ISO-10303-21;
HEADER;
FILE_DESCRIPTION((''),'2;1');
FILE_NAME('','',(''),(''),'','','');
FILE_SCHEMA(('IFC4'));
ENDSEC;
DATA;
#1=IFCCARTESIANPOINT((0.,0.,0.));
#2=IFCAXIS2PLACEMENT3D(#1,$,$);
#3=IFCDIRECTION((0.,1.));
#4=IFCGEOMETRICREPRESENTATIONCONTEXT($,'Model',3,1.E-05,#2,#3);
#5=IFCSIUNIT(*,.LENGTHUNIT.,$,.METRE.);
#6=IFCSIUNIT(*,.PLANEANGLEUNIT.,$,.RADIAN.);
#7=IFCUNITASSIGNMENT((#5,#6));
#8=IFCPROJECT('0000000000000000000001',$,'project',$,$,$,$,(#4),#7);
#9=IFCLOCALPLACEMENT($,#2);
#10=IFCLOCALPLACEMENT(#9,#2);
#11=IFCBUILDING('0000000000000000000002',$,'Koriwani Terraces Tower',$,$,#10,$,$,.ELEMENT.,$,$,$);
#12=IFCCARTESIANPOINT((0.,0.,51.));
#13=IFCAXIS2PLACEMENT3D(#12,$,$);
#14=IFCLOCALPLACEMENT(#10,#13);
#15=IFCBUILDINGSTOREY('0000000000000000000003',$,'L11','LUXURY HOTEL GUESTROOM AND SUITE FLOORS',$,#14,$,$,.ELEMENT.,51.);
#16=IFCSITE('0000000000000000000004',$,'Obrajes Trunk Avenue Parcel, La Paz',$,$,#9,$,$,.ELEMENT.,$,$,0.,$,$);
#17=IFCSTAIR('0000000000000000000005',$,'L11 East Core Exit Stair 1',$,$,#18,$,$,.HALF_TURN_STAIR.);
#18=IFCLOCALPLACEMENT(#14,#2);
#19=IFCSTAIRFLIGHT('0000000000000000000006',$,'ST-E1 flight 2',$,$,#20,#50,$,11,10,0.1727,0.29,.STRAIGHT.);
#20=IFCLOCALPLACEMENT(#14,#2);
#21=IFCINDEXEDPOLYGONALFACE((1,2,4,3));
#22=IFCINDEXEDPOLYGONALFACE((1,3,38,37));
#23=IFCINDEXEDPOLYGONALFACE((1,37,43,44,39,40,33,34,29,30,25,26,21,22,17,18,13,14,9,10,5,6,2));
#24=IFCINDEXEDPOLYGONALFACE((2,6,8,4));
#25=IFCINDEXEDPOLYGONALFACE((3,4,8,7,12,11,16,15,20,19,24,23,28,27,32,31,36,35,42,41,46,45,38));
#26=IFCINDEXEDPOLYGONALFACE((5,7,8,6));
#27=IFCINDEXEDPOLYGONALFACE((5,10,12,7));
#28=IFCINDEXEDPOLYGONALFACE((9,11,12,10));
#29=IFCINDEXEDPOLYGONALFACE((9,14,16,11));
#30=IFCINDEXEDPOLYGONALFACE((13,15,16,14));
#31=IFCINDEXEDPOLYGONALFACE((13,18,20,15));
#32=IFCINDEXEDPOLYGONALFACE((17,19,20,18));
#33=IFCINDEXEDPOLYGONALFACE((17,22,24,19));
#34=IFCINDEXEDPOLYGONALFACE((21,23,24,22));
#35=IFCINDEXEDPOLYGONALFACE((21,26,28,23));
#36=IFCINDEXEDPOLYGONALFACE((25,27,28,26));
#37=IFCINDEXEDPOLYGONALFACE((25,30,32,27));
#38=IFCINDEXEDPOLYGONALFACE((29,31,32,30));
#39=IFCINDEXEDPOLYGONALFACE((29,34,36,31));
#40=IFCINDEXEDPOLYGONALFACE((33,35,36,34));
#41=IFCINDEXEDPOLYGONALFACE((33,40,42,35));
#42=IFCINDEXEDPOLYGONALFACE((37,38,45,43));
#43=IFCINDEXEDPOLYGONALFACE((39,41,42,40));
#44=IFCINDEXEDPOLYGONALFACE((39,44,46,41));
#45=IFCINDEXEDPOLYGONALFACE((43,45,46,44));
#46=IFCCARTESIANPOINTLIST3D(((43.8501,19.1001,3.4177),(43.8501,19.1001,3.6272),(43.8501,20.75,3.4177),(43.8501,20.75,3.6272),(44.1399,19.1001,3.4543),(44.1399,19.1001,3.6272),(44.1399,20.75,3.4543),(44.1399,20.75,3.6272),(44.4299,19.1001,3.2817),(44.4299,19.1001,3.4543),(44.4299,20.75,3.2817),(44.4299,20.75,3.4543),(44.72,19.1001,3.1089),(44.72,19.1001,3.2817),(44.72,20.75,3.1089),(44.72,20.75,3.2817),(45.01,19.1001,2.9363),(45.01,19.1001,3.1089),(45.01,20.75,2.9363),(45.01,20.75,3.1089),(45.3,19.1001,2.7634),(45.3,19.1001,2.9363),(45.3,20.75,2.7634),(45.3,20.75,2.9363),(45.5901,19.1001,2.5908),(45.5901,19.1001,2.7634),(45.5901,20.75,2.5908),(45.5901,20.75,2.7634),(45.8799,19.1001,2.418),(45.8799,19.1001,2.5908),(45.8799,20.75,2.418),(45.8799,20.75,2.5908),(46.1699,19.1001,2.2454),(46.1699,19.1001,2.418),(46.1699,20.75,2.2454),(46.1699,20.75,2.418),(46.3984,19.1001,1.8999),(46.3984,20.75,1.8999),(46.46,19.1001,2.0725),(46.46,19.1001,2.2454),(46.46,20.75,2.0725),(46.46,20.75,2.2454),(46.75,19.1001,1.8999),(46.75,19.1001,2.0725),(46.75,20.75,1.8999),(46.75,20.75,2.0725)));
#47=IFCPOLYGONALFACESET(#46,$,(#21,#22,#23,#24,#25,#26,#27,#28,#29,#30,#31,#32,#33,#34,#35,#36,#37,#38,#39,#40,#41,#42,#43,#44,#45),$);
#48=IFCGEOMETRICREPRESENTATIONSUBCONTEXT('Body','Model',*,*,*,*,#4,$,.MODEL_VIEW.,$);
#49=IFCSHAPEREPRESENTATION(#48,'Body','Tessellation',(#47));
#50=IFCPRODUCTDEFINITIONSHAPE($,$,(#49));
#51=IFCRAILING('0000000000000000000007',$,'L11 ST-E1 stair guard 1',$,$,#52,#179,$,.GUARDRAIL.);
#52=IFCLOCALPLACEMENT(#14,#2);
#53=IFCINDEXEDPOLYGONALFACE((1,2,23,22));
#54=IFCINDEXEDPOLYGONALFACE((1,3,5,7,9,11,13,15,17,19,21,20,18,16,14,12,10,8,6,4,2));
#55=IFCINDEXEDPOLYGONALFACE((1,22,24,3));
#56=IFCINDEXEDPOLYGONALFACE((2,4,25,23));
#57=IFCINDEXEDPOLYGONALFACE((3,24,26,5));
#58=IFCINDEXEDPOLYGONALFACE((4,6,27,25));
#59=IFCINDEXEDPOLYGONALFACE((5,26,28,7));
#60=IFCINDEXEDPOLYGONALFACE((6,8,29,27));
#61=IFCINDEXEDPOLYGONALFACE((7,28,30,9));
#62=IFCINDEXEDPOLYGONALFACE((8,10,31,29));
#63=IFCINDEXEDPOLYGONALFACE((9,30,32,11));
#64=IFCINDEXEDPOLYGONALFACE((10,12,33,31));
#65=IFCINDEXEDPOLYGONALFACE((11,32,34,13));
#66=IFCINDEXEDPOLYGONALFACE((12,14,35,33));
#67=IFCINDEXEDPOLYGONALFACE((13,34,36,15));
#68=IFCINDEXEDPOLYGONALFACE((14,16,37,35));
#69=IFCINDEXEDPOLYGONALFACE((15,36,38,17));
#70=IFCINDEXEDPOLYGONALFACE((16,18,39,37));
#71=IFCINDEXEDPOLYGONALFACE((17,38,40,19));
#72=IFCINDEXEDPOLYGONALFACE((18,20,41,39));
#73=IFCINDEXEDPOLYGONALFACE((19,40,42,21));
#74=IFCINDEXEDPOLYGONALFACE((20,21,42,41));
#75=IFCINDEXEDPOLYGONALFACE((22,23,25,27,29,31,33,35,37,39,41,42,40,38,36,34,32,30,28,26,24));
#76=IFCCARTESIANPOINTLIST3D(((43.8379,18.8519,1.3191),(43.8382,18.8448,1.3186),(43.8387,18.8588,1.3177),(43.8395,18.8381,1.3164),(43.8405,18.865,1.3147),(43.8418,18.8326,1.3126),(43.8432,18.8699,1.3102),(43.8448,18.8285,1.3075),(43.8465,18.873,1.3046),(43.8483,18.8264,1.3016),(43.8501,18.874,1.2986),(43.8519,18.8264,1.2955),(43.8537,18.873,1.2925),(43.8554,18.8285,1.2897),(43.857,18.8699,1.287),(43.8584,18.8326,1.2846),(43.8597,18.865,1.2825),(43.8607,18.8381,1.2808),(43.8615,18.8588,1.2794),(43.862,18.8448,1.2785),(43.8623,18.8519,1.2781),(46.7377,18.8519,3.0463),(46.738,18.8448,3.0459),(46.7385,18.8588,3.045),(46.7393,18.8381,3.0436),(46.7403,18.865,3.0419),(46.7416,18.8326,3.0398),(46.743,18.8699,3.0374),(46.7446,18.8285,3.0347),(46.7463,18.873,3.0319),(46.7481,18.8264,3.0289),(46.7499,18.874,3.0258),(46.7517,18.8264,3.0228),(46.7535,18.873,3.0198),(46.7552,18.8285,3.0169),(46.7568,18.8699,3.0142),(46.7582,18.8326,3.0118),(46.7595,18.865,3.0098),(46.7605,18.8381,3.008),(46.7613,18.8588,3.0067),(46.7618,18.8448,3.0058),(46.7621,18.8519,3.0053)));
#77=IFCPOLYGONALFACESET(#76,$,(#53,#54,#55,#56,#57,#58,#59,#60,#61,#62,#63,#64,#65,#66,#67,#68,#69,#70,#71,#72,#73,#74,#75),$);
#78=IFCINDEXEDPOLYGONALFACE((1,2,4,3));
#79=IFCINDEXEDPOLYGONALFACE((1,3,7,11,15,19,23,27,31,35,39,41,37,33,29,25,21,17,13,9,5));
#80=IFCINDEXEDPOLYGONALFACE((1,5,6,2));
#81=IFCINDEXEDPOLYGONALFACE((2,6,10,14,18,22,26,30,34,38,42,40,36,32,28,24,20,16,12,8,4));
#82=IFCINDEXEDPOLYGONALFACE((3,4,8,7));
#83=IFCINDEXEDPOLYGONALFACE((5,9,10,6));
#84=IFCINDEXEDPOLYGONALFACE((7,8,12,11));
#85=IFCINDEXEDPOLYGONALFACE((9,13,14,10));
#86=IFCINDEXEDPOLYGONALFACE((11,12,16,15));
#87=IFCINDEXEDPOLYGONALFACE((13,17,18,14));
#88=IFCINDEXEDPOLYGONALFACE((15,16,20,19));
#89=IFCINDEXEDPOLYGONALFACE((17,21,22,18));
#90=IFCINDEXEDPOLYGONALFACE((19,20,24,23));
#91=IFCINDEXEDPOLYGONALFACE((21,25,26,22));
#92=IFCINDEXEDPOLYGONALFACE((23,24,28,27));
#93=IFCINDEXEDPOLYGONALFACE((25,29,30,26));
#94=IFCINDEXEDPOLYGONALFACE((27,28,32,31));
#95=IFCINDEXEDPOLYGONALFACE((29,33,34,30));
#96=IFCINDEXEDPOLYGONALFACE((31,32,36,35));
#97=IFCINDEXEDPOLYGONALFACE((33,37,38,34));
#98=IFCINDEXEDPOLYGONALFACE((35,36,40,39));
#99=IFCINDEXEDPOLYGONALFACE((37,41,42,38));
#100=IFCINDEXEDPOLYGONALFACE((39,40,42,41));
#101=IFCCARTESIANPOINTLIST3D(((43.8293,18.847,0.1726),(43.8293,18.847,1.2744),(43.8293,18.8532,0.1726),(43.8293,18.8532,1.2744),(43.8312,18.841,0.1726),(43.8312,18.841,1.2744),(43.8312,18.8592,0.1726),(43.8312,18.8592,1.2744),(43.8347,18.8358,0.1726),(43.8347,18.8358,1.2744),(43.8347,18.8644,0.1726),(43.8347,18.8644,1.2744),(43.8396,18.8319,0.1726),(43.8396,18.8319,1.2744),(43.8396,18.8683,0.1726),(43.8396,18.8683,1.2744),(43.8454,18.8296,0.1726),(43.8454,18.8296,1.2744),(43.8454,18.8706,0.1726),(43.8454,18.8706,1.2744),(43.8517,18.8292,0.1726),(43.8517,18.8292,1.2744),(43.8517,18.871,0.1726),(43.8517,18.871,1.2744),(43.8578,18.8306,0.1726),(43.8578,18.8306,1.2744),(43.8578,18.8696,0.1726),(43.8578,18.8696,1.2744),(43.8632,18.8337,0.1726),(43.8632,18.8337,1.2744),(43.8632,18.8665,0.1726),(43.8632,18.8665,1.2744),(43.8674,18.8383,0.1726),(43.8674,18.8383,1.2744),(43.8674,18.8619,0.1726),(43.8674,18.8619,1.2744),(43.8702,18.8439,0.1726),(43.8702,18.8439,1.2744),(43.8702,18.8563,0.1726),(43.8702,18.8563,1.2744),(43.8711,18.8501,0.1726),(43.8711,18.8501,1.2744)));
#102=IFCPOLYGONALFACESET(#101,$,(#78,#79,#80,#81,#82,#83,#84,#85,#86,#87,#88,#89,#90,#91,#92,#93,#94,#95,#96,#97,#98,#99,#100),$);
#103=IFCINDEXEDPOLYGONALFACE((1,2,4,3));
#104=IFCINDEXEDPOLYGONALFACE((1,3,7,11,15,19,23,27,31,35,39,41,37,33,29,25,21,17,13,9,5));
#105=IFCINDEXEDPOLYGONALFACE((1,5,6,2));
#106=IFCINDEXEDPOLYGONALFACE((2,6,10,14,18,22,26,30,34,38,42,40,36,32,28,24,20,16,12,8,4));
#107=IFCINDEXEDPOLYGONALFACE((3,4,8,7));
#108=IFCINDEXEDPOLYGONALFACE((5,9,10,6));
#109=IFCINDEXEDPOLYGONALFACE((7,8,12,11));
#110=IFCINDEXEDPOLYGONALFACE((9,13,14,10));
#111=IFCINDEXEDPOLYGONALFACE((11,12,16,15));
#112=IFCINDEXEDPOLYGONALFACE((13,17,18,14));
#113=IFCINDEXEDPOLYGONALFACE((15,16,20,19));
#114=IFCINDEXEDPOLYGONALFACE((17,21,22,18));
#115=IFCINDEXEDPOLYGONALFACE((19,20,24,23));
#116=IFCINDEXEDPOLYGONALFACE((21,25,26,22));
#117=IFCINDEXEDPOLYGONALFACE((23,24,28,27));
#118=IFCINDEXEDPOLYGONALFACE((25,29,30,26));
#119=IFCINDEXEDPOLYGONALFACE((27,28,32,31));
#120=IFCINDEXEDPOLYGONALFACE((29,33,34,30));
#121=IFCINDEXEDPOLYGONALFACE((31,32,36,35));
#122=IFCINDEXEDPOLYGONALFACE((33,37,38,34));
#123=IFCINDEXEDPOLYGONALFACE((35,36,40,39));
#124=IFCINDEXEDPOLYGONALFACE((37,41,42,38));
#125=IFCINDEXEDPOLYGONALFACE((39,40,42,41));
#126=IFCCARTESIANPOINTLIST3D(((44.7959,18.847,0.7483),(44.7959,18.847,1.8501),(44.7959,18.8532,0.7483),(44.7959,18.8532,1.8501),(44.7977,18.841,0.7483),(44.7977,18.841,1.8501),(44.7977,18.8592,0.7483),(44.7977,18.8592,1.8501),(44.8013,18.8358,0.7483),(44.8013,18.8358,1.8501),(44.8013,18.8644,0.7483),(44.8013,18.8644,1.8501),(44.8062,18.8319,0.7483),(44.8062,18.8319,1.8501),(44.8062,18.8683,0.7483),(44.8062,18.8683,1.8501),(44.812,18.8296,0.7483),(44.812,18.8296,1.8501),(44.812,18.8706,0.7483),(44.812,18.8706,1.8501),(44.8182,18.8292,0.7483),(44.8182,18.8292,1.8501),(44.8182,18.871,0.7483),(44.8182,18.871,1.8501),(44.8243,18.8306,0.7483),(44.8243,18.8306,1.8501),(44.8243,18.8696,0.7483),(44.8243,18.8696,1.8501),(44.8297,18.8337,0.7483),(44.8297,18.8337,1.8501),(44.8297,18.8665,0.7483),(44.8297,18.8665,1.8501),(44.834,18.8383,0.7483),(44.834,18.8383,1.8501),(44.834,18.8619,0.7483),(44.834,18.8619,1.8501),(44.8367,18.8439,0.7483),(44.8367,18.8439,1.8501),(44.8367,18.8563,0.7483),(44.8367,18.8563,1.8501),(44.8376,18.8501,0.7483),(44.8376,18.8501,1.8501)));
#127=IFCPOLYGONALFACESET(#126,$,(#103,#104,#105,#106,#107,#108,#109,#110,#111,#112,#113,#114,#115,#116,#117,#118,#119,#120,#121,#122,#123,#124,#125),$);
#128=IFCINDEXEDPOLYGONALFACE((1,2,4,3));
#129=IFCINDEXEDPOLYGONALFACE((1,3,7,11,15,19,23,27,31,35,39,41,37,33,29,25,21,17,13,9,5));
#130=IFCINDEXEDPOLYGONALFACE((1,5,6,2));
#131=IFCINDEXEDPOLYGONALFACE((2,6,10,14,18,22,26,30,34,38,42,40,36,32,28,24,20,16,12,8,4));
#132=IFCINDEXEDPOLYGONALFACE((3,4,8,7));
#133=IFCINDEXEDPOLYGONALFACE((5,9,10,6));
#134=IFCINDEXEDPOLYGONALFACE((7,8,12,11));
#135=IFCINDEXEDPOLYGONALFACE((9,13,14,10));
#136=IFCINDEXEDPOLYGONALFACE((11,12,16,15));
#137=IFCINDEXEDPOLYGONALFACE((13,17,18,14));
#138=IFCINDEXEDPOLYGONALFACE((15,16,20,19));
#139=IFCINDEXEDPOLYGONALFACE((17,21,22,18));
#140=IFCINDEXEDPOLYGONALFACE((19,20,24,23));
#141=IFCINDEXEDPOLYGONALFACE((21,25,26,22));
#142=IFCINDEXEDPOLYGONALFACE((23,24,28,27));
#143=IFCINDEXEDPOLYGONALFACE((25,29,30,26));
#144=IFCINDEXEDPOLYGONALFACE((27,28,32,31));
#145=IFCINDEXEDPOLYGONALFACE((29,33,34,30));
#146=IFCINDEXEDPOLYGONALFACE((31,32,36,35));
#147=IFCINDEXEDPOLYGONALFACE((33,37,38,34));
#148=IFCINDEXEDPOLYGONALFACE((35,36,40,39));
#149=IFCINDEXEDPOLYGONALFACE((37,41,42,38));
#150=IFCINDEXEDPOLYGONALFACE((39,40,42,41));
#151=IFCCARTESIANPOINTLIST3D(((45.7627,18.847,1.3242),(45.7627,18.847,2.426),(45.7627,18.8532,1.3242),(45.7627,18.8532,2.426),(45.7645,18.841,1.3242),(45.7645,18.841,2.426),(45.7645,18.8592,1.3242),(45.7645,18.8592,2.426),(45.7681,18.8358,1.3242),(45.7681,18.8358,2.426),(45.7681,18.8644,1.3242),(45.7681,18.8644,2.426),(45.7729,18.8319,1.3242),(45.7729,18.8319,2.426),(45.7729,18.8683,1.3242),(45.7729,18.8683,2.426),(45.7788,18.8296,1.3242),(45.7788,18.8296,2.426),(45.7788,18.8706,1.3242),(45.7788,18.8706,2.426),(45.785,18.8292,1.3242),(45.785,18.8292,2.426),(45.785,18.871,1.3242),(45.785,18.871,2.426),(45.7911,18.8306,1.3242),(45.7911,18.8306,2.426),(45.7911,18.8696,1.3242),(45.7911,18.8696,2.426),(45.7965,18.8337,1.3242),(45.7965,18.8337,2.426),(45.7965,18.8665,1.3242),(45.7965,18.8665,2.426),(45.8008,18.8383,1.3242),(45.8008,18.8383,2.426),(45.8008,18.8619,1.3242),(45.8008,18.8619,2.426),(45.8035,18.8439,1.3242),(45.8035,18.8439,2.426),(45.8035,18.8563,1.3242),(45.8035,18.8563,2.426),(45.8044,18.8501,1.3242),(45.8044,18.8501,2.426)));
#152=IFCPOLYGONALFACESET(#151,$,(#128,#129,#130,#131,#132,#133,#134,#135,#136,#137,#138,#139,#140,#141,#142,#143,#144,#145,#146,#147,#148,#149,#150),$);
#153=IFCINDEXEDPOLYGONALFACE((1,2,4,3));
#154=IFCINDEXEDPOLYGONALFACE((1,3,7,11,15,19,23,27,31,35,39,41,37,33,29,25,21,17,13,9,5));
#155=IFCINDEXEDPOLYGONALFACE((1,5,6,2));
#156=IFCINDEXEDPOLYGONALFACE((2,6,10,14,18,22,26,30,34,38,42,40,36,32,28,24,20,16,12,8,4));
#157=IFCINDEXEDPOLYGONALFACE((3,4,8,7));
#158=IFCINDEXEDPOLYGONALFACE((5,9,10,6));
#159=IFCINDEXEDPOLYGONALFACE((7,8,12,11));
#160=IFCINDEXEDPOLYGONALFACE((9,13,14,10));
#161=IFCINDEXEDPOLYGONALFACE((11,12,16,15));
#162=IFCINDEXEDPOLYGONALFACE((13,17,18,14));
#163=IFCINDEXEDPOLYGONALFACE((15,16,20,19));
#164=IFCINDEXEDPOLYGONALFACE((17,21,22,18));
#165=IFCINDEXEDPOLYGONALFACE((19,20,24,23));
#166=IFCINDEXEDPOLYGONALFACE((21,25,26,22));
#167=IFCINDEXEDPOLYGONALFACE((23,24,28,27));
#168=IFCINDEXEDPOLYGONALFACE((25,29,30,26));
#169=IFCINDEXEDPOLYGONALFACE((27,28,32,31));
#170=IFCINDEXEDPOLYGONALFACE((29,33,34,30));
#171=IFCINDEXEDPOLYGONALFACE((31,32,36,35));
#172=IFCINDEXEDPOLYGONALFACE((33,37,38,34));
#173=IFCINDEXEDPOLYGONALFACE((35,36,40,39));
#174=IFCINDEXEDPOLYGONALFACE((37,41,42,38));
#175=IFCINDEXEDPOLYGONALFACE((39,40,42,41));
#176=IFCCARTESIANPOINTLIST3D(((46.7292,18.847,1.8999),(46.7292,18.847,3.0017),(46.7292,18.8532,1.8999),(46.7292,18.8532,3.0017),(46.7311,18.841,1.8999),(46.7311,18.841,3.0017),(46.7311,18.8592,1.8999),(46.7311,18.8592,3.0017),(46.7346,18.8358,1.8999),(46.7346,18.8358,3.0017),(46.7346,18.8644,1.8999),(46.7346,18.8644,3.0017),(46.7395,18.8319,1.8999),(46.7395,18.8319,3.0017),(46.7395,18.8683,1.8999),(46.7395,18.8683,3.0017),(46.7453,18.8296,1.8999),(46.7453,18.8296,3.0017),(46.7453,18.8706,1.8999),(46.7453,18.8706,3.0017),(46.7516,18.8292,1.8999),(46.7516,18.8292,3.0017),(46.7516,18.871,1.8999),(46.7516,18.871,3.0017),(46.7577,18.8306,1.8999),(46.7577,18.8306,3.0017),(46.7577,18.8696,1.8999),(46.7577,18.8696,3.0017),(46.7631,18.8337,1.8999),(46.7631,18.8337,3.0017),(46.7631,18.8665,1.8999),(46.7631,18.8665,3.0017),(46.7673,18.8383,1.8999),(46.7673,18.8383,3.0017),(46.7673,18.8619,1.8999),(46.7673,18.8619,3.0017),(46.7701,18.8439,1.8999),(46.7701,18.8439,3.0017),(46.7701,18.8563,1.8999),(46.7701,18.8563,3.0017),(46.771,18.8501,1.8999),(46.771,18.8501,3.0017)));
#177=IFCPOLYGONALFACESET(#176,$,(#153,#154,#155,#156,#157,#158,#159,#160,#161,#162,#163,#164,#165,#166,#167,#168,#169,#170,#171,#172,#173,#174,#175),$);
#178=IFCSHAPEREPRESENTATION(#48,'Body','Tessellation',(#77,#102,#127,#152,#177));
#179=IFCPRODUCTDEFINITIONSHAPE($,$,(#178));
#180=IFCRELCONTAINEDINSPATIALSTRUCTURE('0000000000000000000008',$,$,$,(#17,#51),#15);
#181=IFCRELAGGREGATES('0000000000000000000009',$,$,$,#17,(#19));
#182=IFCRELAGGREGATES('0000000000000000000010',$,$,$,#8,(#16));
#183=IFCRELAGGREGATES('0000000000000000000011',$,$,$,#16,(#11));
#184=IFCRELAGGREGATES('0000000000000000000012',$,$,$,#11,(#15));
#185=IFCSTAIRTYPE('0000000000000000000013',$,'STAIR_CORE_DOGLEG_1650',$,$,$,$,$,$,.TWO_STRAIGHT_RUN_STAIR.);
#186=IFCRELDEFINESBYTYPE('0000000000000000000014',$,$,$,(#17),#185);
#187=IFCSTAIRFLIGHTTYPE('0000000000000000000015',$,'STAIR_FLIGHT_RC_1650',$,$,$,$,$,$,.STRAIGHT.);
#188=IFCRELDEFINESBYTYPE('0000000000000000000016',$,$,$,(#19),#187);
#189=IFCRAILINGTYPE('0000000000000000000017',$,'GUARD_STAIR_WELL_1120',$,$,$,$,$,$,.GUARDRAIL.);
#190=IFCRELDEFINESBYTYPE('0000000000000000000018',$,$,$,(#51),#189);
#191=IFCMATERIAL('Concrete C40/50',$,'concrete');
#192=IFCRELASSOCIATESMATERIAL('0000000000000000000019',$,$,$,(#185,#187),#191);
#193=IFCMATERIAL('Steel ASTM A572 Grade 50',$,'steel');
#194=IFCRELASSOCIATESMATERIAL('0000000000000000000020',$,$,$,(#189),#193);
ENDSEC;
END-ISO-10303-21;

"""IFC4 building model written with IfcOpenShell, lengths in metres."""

from ifc_helpers import new_model, si_unit, direction, frame, origin, origin_2d, place, context, subcontext, project, spatial, polyline, circle, outline, extrude, material, type_object, element, aggregate, save


model = new_model("IFC4")

# Units and contexts
model_context = context("Model", 3, precision=1e-05, world=origin(), true_north=direction((0.0, 1.0)))
body_context = subcontext(model_context, "Body", "Model", "MODEL_VIEW")
ifc_project = project(units=[si_unit("LENGTHUNIT", "METRE"), si_unit("PLANEANGLEUNIT", "RADIAN")], contexts=[model_context])

# Site, building, storey
site_placement = place(None, origin())
site = spatial("IfcSite", under=ifc_project, at=site_placement, Name="Obrajes Trunk Avenue Parcel, La Paz", CompositionType="ELEMENT", RefElevation=0.0)
building_placement = place(site_placement, origin())
building = spatial("IfcBuilding", under=site, at=building_placement, Name="Koriwani Terraces Tower", CompositionType="ELEMENT")
storey_placement = place(building_placement, frame((0.0, 0.0, 51.0)))
storey = spatial("IfcBuildingStorey", under=building, at=storey_placement, Name="L11", Description="LUXURY HOTEL GUESTROOM AND SUITE FLOORS", CompositionType="ELEMENT", Elevation=51.0)

# Shared definitions
ifc_material_1 = material(Name="Steel ASTM A572 Grade 50", Category="steel")

# Shared definitions
ifc_material_2 = material(Name="Concrete C40/50", Category="concrete")

# Stair, stair flight
stair_type = type_object("IfcStairType", Name="STAIR_CORE_DOGLEG_1650", PredefinedType="TWO_STRAIGHT_RUN_STAIR", material=ifc_material_2)
stair_placement = place(storey_placement, origin())
stair = element("IfcStair", 1, at=stair_placement, inside=storey, type_object=stair_type, Name="L11 East Core Exit Stair 1", PredefinedType="HALF_TURN_STAIR")
stair_flight_type = type_object("IfcStairFlightType", Name="STAIR_FLIGHT_RC_1650", PredefinedType="STRAIGHT", material=ifc_material_2)
stair_flight_1_placement = place(storey_placement, frame((46.75, 19.925, 1.8999), z_axis=(0.0, 0.0, 1.0), x_axis=(-1.0, 0.0, 0.0)))
stair_flight_1 = element("IfcStairFlight", 2, at=stair_flight_1_placement, type_object=stair_flight_type, Name="ST-E1 flight 2", NumberOfRisers=11, NumberOfTreads=10, PredefinedType="STRAIGHT", RiserHeight=0.1727, TreadLength=0.29, context=body_context, shape_type="SweptSolid", body=[
    extrude(outline(polyline([(0.0, 0.0), (0.0, 0.1726), (0.29, 0.1726), (0.29, 0.3455), (0.5801, 0.3455), (0.5801, 0.5181), (0.8701, 0.5181), (0.8701, 0.6909), (1.1599, 0.6909), (1.1599, 0.8635), (1.45, 0.8635), (1.45, 1.0364), (1.74, 1.0364), (1.74, 1.209), (2.03, 1.209), (2.03, 1.3818), (2.3201, 1.3818), (2.3201, 1.5544), (2.6101, 1.5544), (2.6101, 1.7273), (2.8999, 1.7273), (2.8999, 1.8999), (2.8999, 1.5178), (0.3516, 0.0), (0.0, 0.0)])), frame((0.0, 0.825, 0.0), z_axis=(0.0, -1.0, 0.0), x_axis=(1.0, 0.0, 0.0)), (0.0, 0.0, 1.0), 1.6499),
])
aggregate(stair, [stair_flight_1])

# Railing
railing_type_1 = type_object("IfcRailingType", Name="GUARD_STAIR_WELL_1120", PredefinedType="GUARDRAIL", material=ifc_material_1)
railing_1_placement = place(storey_placement, frame((43.8501, 18.8501, 0.1726)))
element("IfcRailing", 3, at=railing_1_placement, inside=storey, type_object=railing_type_1, Name="L11 ST-E1 stair guard 1", PredefinedType="GUARDRAIL", context=body_context, shape_type="SweptSolid", body=[
    extrude(circle(Radius=0.0239, at=origin_2d()), frame((0.0, 0.0, 1.126), z_axis=(0.859141, 0.0, 0.511738), x_axis=(0.0, 1.0, 0.0)), (0.0, 0.0, 1.0), 3.3752),
    extrude(circle(Radius=0.021, at=origin_2d()), origin(), (0.0, 0.0, 1.0), 1.1018),
    extrude(circle(Radius=0.021, at=origin_2d()), frame((0.9666, 0.0, 0.5757)), (0.0, 0.0, 1.0), 1.1018),
    extrude(circle(Radius=0.021, at=origin_2d()), frame((1.9333, 0.0, 1.1516)), (0.0, 0.0, 1.0), 1.1018),
    extrude(circle(Radius=0.021, at=origin_2d()), frame((2.8999, 0.0, 1.7273)), (0.0, 0.0, 1.0), 1.1018),
])

save(model, "model.ifc")
